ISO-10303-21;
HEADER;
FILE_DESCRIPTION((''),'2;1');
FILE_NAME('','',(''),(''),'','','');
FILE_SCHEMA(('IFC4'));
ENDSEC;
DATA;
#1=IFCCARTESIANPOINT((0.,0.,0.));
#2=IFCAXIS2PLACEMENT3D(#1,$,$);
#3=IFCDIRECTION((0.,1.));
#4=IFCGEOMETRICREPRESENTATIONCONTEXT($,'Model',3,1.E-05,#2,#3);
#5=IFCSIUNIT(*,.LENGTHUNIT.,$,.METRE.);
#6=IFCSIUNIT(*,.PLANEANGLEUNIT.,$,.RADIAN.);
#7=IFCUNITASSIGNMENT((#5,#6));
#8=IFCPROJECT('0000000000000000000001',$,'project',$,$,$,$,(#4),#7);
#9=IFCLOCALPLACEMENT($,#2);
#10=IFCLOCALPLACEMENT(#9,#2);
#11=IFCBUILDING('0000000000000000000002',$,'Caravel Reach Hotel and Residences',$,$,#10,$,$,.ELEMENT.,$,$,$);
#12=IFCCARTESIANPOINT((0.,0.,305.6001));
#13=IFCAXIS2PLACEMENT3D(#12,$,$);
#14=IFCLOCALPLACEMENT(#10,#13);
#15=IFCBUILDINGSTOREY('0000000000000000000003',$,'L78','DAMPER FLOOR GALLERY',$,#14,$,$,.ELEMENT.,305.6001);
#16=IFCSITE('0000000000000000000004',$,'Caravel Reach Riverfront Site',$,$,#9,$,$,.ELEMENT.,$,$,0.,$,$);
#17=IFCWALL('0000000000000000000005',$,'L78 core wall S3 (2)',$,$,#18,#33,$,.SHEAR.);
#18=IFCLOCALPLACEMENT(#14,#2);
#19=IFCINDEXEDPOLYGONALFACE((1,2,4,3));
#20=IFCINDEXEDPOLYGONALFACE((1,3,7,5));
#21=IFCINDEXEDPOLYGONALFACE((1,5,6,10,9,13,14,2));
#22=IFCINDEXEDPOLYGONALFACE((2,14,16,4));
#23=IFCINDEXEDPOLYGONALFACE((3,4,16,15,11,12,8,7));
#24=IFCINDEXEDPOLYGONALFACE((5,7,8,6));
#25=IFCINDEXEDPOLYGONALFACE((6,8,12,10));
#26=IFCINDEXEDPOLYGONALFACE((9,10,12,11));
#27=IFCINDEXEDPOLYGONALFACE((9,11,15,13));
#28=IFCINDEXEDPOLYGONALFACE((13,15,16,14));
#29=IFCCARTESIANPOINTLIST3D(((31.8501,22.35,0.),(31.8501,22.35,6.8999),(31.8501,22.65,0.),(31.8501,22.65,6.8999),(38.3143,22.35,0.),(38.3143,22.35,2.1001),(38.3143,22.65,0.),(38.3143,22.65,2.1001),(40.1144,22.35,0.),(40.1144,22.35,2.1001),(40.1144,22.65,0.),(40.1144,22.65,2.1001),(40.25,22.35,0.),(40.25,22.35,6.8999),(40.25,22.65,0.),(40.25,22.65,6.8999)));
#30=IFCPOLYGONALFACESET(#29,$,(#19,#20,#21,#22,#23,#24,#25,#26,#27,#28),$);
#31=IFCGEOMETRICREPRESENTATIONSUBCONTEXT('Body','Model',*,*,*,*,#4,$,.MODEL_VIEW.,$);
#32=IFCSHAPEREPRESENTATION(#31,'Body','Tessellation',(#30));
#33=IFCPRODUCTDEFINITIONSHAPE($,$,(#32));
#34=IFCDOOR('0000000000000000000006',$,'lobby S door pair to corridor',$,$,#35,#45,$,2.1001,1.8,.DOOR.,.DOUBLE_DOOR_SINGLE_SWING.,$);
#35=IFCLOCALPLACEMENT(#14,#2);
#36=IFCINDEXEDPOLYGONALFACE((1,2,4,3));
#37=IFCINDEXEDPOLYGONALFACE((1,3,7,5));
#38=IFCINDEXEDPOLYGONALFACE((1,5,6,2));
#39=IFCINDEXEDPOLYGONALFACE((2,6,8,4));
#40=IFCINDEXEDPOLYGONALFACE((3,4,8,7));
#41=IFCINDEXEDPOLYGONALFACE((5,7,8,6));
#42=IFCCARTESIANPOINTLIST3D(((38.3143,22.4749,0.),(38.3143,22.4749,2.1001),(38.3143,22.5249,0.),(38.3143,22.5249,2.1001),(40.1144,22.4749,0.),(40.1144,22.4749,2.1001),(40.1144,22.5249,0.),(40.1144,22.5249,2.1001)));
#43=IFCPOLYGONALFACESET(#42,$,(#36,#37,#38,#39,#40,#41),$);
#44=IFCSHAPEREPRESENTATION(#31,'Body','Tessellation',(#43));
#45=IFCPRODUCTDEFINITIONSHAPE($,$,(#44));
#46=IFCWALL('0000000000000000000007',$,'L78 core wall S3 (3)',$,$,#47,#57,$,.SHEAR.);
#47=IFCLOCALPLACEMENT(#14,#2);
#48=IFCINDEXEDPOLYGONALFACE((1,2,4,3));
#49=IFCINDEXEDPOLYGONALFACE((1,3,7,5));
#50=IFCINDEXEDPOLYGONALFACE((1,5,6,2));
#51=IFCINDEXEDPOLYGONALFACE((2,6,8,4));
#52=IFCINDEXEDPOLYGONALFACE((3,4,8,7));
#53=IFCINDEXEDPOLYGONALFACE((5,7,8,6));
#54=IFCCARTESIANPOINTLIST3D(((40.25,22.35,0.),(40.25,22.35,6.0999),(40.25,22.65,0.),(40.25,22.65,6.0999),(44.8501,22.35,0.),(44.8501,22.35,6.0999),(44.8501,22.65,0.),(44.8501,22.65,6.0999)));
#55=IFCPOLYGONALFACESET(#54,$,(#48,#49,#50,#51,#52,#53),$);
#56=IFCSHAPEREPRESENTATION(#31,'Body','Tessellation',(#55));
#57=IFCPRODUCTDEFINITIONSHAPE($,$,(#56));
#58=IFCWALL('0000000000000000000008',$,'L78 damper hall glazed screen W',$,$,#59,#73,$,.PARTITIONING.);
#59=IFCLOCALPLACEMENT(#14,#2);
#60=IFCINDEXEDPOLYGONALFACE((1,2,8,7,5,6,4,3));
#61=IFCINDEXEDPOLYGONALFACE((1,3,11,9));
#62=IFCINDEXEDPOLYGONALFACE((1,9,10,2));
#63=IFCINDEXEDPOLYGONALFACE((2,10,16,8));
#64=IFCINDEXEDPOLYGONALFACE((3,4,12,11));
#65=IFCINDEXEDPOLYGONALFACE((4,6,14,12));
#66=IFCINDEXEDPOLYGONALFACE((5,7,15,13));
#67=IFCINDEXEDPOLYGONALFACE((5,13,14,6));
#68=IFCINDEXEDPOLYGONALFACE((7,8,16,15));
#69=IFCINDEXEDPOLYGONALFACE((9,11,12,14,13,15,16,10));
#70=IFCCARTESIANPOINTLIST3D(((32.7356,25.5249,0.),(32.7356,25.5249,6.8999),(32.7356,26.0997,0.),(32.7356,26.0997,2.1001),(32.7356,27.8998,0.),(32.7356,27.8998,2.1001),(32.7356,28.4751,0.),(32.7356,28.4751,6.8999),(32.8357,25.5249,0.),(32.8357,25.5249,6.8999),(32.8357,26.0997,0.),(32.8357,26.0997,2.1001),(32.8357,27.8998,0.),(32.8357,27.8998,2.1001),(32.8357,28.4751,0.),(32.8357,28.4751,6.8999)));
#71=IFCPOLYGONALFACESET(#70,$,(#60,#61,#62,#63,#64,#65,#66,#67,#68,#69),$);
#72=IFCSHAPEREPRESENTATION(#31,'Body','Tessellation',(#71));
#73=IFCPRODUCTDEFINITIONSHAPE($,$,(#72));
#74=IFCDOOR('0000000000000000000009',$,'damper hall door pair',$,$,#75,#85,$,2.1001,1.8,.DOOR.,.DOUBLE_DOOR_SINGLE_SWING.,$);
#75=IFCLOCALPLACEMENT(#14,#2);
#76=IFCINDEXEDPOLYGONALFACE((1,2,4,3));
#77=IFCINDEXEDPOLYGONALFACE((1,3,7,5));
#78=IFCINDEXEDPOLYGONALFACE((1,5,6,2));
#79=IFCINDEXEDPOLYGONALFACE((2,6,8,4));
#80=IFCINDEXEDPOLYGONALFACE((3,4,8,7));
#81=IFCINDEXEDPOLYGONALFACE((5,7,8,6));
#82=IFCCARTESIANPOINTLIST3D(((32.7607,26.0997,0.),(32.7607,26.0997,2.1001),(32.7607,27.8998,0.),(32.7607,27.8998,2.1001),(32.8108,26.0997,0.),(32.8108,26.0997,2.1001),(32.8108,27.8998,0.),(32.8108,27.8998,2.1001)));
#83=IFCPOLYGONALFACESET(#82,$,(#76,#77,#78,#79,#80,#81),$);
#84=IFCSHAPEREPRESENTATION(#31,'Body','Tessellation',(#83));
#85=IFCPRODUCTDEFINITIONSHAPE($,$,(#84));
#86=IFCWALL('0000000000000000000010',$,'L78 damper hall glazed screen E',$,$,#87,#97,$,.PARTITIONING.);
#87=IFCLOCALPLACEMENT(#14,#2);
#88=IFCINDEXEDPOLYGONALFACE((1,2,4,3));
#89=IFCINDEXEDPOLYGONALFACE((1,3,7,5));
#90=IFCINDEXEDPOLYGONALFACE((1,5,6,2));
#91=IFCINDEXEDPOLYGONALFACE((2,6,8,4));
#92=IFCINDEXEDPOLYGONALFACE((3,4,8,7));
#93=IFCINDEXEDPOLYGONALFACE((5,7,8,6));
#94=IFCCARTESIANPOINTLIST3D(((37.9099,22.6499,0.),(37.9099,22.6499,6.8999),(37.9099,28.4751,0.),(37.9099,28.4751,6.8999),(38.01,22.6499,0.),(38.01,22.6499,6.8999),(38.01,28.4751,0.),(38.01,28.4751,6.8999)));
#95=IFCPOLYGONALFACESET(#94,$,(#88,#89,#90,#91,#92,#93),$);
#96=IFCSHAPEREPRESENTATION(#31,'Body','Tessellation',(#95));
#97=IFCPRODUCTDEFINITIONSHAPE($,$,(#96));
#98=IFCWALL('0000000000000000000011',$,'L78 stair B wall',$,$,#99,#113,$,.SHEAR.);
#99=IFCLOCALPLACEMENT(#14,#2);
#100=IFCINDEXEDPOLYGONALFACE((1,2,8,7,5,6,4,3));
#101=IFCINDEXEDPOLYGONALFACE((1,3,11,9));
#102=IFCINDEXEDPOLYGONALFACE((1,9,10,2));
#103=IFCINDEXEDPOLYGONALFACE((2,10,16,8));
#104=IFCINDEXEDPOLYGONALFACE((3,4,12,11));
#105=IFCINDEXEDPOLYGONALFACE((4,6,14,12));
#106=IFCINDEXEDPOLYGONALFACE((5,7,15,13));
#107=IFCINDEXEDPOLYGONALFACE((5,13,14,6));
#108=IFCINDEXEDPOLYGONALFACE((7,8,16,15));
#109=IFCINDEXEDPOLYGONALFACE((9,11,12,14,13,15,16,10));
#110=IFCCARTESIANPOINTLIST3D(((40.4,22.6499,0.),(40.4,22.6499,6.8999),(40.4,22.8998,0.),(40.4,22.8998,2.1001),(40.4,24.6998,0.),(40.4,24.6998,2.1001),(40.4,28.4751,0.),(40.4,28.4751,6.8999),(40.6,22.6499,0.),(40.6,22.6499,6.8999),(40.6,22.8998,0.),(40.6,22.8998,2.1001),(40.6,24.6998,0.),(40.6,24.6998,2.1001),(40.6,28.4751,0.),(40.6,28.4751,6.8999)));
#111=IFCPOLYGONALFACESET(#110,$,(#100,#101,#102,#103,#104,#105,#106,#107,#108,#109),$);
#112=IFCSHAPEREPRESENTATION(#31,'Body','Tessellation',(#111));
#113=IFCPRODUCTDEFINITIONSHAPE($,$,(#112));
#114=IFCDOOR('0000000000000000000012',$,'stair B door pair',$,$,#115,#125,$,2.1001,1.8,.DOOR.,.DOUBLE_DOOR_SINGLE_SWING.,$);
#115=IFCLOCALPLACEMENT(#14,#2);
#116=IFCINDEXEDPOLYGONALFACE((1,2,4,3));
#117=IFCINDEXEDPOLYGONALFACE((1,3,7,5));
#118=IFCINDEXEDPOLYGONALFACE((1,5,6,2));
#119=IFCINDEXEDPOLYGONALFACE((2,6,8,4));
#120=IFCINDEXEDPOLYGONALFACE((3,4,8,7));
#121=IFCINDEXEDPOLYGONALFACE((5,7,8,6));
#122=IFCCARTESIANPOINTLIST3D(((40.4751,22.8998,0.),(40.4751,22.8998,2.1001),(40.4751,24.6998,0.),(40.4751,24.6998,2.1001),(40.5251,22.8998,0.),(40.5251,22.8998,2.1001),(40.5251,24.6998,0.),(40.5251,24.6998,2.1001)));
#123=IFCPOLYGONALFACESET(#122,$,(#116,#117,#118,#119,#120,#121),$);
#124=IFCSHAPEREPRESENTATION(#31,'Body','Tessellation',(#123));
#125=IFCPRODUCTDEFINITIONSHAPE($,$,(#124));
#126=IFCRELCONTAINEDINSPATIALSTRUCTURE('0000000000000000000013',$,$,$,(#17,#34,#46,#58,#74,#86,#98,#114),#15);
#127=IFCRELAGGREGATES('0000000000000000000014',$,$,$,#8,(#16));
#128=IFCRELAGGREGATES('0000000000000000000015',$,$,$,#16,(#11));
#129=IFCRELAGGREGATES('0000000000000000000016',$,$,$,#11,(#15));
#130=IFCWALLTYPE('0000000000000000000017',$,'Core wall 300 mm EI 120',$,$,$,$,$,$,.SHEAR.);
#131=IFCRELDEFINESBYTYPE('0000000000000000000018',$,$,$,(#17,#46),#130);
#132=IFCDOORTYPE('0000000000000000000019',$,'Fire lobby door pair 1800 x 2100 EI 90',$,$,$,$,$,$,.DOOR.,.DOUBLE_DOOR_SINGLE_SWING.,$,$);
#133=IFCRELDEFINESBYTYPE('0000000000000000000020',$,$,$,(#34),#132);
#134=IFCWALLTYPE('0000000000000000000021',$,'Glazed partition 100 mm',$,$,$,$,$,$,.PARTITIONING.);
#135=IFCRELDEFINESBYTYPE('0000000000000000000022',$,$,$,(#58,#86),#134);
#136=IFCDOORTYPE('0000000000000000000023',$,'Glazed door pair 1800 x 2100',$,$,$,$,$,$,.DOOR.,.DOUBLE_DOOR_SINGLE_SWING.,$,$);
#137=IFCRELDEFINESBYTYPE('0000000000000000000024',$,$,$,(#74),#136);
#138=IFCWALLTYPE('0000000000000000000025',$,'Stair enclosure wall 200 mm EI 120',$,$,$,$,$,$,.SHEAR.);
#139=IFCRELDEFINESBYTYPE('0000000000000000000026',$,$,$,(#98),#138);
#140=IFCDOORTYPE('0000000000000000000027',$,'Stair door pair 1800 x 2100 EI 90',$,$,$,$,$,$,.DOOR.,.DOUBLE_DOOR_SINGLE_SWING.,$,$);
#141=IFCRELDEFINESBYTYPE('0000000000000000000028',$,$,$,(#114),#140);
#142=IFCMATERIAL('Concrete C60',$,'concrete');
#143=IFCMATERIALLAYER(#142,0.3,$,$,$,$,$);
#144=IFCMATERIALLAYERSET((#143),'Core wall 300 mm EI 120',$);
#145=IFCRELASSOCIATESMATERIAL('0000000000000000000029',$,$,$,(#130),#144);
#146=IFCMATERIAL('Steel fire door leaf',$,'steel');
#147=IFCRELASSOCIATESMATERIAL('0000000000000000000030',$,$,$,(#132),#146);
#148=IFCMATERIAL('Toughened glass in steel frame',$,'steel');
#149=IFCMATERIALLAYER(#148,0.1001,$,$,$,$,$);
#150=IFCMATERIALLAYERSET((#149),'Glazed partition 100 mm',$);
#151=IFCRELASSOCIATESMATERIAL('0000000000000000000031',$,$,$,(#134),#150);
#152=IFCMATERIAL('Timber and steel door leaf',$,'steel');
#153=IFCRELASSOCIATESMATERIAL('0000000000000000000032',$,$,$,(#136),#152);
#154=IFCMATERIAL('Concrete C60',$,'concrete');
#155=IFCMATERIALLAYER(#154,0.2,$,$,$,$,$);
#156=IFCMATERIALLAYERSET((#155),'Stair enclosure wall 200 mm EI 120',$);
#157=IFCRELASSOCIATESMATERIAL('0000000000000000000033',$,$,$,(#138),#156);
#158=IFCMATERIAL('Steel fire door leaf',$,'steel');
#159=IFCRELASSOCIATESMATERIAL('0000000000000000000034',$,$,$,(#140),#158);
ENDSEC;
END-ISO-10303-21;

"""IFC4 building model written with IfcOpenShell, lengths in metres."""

from ifc_helpers import new_model, si_unit, direction, frame, frame_2d, origin, place, context, subcontext, project, spatial, rectangle, extrude, material, layer, layer_set, type_object, element, fill, save


model = new_model("IFC4")

# Units and contexts
model_context = context("Model", 3, precision=1e-05, world=origin(), true_north=direction((0.0, 1.0)))
body_context = subcontext(model_context, "Body", "Model", "MODEL_VIEW")
ifc_project = project(units=[si_unit("LENGTHUNIT", "METRE"), si_unit("PLANEANGLEUNIT", "RADIAN")], contexts=[model_context])

# Site, building, storey
site_placement = place(None, origin())
site = spatial("IfcSite", under=ifc_project, at=site_placement, Name="Caravel Reach Riverfront Site", CompositionType="ELEMENT", RefElevation=0.0)
building_placement = place(site_placement, origin())
building = spatial("IfcBuilding", under=site, at=building_placement, Name="Caravel Reach Hotel and Residences", CompositionType="ELEMENT")
storey_placement = place(building_placement, frame((0.0, 0.0, 305.6001)))
storey = spatial("IfcBuildingStorey", under=building, at=storey_placement, Name="L78", Description="DAMPER FLOOR GALLERY", CompositionType="ELEMENT", Elevation=305.6001)

# Wall, opening, door
ifc_material_1 = material(Name="Concrete C60", Category="concrete")
ifc_layer_1 = layer(ifc_material_1, 0.3)
ifc_layer_set_1 = layer_set([ifc_layer_1], Name="Core wall 300 mm EI 120")
wall_type_1 = type_object("IfcWallType", Name="Core wall 300 mm EI 120", PredefinedType="SHEAR", material=ifc_layer_set_1)
wall_1_placement = place(storey_placement, frame((31.8501, 22.5, 0.0), z_axis=(0.0, 0.0, 1.0), x_axis=(1.0, 0.0, 0.0)))
wall_1 = element("IfcWall", 1, at=wall_1_placement, inside=storey, type_object=wall_type_1, Name="L78 core wall S3 (2)", PredefinedType="SHEAR", context=body_context, shape_type="SweptSolid", body=[
    extrude(rectangle(XDim=8.3999, YDim=0.3, at=frame_2d((4.2, 0.0))), origin(), (0.0, 0.0, 1.0), 6.8999),
])
opening_1_placement = place(wall_1_placement, frame((6.4644, 0.0, 0.0)))
opening_1 = element("IfcOpeningElement", 2, at=opening_1_placement, cuts=wall_1, PredefinedType="OPENING", context=body_context, shape_type="SweptSolid", body=[
    extrude(rectangle(XDim=1.8, YDim=2.1001, at=frame_2d((0.8999, 1.05))), frame((0.0, 0.1599, 0.0), z_axis=(0.0, -1.0, 0.0), x_axis=(1.0, 0.0, 0.0)), (0.0, 0.0, 1.0), 0.3201),
])
ifc_material_2 = material(Name="Steel fire door leaf", Category="steel")
door_type_1 = type_object("IfcDoorType", Name="Fire lobby door pair 1800 x 2100 EI 90", OperationType="DOUBLE_DOOR_SINGLE_SWING", PredefinedType="DOOR", material=ifc_material_2)
door_1_placement = place(opening_1_placement, origin())
door_1 = element("IfcDoor", 3, at=door_1_placement, inside=storey, type_object=door_type_1, Name="lobby S door pair to corridor", OperationType="DOUBLE_DOOR_SINGLE_SWING", OverallHeight=2.1001, OverallWidth=1.8, PredefinedType="DOOR", context=body_context, shape_type="SweptSolid", body=[
    extrude(rectangle(XDim=1.8, YDim=2.1001, at=frame_2d((0.8999, 1.05))), frame((0.0, 0.0249, 0.0), z_axis=(0.0, -1.0, 0.0), x_axis=(1.0, 0.0, 0.0)), (0.0, 0.0, 1.0), 0.05),
])
fill(opening_1, door_1)

# Wall
wall_2_placement = place(storey_placement, frame((40.25, 22.5, 0.0), z_axis=(0.0, 0.0, 1.0), x_axis=(1.0, 0.0, 0.0)))
element("IfcWall", 4, at=wall_2_placement, inside=storey, type_object=wall_type_1, Name="L78 core wall S3 (3)", PredefinedType="SHEAR", context=body_context, shape_type="SweptSolid", body=[
    extrude(rectangle(XDim=4.6001, YDim=0.3, at=frame_2d((2.3, 0.0))), origin(), (0.0, 0.0, 1.0), 6.0999),
])

# Wall, opening, door
ifc_material_3 = material(Name="Toughened glass in steel frame", Category="steel")
ifc_layer_2 = layer(ifc_material_3, 0.1001)
ifc_layer_set_2 = layer_set([ifc_layer_2], Name="Glazed partition 100 mm")
wall_type_2 = type_object("IfcWallType", Name="Glazed partition 100 mm", PredefinedType="PARTITIONING", material=ifc_layer_set_2)
wall_3_placement = place(storey_placement, frame((32.7856, 25.5249, 0.0), z_axis=(0.0, 0.0, 1.0), x_axis=(0.0, 1.0, 0.0)))
wall_3 = element("IfcWall", 5, at=wall_3_placement, inside=storey, type_object=wall_type_2, Name="L78 damper hall glazed screen W", PredefinedType="PARTITIONING", context=body_context, shape_type="SweptSolid", body=[
    extrude(rectangle(XDim=2.9502, YDim=0.1001, at=frame_2d((1.4751, 0.0))), origin(), (0.0, 0.0, 1.0), 6.8999),
])
opening_2_placement = place(wall_3_placement, frame((0.575, 0.0, 0.0)))
opening_2 = element("IfcOpeningElement", 6, at=opening_2_placement, cuts=wall_3, PredefinedType="OPENING", context=body_context, shape_type="SweptSolid", body=[
    extrude(rectangle(XDim=1.8, YDim=2.1001, at=frame_2d((0.8999, 1.05))), frame((0.0, 0.0601, 0.0), z_axis=(0.0, -1.0, 0.0), x_axis=(1.0, 0.0, 0.0)), (0.0, 0.0, 1.0), 0.1201),
])
ifc_material_4 = material(Name="Timber and steel door leaf", Category="steel")
door_type_2 = type_object("IfcDoorType", Name="Glazed door pair 1800 x 2100", OperationType="DOUBLE_DOOR_SINGLE_SWING", PredefinedType="DOOR", material=ifc_material_4)
door_2_placement = place(opening_2_placement, origin())
door_2 = element("IfcDoor", 7, at=door_2_placement, inside=storey, type_object=door_type_2, Name="damper hall door pair", OperationType="DOUBLE_DOOR_SINGLE_SWING", OverallHeight=2.1001, OverallWidth=1.8, PredefinedType="DOOR", context=body_context, shape_type="SweptSolid", body=[
    extrude(rectangle(XDim=1.8, YDim=2.1001, at=frame_2d((0.8999, 1.05))), frame((0.0, 0.0249, 0.0), z_axis=(0.0, -1.0, 0.0), x_axis=(1.0, 0.0, 0.0)), (0.0, 0.0, 1.0), 0.05),
])
fill(opening_2, door_2)

# Wall
wall_4_placement = place(storey_placement, frame((37.96, 22.6499, 0.0), z_axis=(0.0, 0.0, 1.0), x_axis=(0.0, 1.0, 0.0)))
element("IfcWall", 8, at=wall_4_placement, inside=storey, type_object=wall_type_2, Name="L78 damper hall glazed screen E", PredefinedType="PARTITIONING", context=body_context, shape_type="SweptSolid", body=[
    extrude(rectangle(XDim=5.8252, YDim=0.1001, at=frame_2d((2.9126, 0.0))), origin(), (0.0, 0.0, 1.0), 6.8999),
])

# Wall, opening, door
ifc_material_5 = material(Name="Concrete C60", Category="concrete")
ifc_layer_3 = layer(ifc_material_5, 0.2)
ifc_layer_set_3 = layer_set([ifc_layer_3], Name="Stair enclosure wall 200 mm EI 120")
wall_type_3 = type_object("IfcWallType", Name="Stair enclosure wall 200 mm EI 120", PredefinedType="SHEAR", material=ifc_layer_set_3)
wall_5_placement = place(storey_placement, frame((40.5, 22.6499, 0.0), z_axis=(0.0, 0.0, 1.0), x_axis=(0.0, 1.0, 0.0)))
wall_5 = element("IfcWall", 9, at=wall_5_placement, inside=storey, type_object=wall_type_3, Name="L78 stair B wall", PredefinedType="SHEAR", context=body_context, shape_type="SweptSolid", body=[
    extrude(rectangle(XDim=5.8252, YDim=0.2, at=frame_2d((2.9126, 0.0))), origin(), (0.0, 0.0, 1.0), 6.8999),
])
opening_3_placement = place(wall_5_placement, frame((0.25, 0.0, 0.0)))
opening_3 = element("IfcOpeningElement", 10, at=opening_3_placement, cuts=wall_5, PredefinedType="OPENING", context=body_context, shape_type="SweptSolid", body=[
    extrude(rectangle(XDim=1.8, YDim=2.1001, at=frame_2d((0.8999, 1.05))), frame((0.0, 0.1099, 0.0), z_axis=(0.0, -1.0, 0.0), x_axis=(1.0, 0.0, 0.0)), (0.0, 0.0, 1.0), 0.22),
])
ifc_material_6 = material(Name="Steel fire door leaf", Category="steel")
door_type_3 = type_object("IfcDoorType", Name="Stair door pair 1800 x 2100 EI 90", OperationType="DOUBLE_DOOR_SINGLE_SWING", PredefinedType="DOOR", material=ifc_material_6)
door_3_placement = place(opening_3_placement, origin())
door_3 = element("IfcDoor", 11, at=door_3_placement, inside=storey, type_object=door_type_3, Name="stair B door pair", OperationType="DOUBLE_DOOR_SINGLE_SWING", OverallHeight=2.1001, OverallWidth=1.8, PredefinedType="DOOR", context=body_context, shape_type="SweptSolid", body=[
    extrude(rectangle(XDim=1.8, YDim=2.1001, at=frame_2d((0.8999, 1.05))), frame((0.0, 0.0249, 0.0), z_axis=(0.0, -1.0, 0.0), x_axis=(1.0, 0.0, 0.0)), (0.0, 0.0, 1.0), 0.05),
])
fill(opening_3, door_3)

save(model, "model.ifc")
